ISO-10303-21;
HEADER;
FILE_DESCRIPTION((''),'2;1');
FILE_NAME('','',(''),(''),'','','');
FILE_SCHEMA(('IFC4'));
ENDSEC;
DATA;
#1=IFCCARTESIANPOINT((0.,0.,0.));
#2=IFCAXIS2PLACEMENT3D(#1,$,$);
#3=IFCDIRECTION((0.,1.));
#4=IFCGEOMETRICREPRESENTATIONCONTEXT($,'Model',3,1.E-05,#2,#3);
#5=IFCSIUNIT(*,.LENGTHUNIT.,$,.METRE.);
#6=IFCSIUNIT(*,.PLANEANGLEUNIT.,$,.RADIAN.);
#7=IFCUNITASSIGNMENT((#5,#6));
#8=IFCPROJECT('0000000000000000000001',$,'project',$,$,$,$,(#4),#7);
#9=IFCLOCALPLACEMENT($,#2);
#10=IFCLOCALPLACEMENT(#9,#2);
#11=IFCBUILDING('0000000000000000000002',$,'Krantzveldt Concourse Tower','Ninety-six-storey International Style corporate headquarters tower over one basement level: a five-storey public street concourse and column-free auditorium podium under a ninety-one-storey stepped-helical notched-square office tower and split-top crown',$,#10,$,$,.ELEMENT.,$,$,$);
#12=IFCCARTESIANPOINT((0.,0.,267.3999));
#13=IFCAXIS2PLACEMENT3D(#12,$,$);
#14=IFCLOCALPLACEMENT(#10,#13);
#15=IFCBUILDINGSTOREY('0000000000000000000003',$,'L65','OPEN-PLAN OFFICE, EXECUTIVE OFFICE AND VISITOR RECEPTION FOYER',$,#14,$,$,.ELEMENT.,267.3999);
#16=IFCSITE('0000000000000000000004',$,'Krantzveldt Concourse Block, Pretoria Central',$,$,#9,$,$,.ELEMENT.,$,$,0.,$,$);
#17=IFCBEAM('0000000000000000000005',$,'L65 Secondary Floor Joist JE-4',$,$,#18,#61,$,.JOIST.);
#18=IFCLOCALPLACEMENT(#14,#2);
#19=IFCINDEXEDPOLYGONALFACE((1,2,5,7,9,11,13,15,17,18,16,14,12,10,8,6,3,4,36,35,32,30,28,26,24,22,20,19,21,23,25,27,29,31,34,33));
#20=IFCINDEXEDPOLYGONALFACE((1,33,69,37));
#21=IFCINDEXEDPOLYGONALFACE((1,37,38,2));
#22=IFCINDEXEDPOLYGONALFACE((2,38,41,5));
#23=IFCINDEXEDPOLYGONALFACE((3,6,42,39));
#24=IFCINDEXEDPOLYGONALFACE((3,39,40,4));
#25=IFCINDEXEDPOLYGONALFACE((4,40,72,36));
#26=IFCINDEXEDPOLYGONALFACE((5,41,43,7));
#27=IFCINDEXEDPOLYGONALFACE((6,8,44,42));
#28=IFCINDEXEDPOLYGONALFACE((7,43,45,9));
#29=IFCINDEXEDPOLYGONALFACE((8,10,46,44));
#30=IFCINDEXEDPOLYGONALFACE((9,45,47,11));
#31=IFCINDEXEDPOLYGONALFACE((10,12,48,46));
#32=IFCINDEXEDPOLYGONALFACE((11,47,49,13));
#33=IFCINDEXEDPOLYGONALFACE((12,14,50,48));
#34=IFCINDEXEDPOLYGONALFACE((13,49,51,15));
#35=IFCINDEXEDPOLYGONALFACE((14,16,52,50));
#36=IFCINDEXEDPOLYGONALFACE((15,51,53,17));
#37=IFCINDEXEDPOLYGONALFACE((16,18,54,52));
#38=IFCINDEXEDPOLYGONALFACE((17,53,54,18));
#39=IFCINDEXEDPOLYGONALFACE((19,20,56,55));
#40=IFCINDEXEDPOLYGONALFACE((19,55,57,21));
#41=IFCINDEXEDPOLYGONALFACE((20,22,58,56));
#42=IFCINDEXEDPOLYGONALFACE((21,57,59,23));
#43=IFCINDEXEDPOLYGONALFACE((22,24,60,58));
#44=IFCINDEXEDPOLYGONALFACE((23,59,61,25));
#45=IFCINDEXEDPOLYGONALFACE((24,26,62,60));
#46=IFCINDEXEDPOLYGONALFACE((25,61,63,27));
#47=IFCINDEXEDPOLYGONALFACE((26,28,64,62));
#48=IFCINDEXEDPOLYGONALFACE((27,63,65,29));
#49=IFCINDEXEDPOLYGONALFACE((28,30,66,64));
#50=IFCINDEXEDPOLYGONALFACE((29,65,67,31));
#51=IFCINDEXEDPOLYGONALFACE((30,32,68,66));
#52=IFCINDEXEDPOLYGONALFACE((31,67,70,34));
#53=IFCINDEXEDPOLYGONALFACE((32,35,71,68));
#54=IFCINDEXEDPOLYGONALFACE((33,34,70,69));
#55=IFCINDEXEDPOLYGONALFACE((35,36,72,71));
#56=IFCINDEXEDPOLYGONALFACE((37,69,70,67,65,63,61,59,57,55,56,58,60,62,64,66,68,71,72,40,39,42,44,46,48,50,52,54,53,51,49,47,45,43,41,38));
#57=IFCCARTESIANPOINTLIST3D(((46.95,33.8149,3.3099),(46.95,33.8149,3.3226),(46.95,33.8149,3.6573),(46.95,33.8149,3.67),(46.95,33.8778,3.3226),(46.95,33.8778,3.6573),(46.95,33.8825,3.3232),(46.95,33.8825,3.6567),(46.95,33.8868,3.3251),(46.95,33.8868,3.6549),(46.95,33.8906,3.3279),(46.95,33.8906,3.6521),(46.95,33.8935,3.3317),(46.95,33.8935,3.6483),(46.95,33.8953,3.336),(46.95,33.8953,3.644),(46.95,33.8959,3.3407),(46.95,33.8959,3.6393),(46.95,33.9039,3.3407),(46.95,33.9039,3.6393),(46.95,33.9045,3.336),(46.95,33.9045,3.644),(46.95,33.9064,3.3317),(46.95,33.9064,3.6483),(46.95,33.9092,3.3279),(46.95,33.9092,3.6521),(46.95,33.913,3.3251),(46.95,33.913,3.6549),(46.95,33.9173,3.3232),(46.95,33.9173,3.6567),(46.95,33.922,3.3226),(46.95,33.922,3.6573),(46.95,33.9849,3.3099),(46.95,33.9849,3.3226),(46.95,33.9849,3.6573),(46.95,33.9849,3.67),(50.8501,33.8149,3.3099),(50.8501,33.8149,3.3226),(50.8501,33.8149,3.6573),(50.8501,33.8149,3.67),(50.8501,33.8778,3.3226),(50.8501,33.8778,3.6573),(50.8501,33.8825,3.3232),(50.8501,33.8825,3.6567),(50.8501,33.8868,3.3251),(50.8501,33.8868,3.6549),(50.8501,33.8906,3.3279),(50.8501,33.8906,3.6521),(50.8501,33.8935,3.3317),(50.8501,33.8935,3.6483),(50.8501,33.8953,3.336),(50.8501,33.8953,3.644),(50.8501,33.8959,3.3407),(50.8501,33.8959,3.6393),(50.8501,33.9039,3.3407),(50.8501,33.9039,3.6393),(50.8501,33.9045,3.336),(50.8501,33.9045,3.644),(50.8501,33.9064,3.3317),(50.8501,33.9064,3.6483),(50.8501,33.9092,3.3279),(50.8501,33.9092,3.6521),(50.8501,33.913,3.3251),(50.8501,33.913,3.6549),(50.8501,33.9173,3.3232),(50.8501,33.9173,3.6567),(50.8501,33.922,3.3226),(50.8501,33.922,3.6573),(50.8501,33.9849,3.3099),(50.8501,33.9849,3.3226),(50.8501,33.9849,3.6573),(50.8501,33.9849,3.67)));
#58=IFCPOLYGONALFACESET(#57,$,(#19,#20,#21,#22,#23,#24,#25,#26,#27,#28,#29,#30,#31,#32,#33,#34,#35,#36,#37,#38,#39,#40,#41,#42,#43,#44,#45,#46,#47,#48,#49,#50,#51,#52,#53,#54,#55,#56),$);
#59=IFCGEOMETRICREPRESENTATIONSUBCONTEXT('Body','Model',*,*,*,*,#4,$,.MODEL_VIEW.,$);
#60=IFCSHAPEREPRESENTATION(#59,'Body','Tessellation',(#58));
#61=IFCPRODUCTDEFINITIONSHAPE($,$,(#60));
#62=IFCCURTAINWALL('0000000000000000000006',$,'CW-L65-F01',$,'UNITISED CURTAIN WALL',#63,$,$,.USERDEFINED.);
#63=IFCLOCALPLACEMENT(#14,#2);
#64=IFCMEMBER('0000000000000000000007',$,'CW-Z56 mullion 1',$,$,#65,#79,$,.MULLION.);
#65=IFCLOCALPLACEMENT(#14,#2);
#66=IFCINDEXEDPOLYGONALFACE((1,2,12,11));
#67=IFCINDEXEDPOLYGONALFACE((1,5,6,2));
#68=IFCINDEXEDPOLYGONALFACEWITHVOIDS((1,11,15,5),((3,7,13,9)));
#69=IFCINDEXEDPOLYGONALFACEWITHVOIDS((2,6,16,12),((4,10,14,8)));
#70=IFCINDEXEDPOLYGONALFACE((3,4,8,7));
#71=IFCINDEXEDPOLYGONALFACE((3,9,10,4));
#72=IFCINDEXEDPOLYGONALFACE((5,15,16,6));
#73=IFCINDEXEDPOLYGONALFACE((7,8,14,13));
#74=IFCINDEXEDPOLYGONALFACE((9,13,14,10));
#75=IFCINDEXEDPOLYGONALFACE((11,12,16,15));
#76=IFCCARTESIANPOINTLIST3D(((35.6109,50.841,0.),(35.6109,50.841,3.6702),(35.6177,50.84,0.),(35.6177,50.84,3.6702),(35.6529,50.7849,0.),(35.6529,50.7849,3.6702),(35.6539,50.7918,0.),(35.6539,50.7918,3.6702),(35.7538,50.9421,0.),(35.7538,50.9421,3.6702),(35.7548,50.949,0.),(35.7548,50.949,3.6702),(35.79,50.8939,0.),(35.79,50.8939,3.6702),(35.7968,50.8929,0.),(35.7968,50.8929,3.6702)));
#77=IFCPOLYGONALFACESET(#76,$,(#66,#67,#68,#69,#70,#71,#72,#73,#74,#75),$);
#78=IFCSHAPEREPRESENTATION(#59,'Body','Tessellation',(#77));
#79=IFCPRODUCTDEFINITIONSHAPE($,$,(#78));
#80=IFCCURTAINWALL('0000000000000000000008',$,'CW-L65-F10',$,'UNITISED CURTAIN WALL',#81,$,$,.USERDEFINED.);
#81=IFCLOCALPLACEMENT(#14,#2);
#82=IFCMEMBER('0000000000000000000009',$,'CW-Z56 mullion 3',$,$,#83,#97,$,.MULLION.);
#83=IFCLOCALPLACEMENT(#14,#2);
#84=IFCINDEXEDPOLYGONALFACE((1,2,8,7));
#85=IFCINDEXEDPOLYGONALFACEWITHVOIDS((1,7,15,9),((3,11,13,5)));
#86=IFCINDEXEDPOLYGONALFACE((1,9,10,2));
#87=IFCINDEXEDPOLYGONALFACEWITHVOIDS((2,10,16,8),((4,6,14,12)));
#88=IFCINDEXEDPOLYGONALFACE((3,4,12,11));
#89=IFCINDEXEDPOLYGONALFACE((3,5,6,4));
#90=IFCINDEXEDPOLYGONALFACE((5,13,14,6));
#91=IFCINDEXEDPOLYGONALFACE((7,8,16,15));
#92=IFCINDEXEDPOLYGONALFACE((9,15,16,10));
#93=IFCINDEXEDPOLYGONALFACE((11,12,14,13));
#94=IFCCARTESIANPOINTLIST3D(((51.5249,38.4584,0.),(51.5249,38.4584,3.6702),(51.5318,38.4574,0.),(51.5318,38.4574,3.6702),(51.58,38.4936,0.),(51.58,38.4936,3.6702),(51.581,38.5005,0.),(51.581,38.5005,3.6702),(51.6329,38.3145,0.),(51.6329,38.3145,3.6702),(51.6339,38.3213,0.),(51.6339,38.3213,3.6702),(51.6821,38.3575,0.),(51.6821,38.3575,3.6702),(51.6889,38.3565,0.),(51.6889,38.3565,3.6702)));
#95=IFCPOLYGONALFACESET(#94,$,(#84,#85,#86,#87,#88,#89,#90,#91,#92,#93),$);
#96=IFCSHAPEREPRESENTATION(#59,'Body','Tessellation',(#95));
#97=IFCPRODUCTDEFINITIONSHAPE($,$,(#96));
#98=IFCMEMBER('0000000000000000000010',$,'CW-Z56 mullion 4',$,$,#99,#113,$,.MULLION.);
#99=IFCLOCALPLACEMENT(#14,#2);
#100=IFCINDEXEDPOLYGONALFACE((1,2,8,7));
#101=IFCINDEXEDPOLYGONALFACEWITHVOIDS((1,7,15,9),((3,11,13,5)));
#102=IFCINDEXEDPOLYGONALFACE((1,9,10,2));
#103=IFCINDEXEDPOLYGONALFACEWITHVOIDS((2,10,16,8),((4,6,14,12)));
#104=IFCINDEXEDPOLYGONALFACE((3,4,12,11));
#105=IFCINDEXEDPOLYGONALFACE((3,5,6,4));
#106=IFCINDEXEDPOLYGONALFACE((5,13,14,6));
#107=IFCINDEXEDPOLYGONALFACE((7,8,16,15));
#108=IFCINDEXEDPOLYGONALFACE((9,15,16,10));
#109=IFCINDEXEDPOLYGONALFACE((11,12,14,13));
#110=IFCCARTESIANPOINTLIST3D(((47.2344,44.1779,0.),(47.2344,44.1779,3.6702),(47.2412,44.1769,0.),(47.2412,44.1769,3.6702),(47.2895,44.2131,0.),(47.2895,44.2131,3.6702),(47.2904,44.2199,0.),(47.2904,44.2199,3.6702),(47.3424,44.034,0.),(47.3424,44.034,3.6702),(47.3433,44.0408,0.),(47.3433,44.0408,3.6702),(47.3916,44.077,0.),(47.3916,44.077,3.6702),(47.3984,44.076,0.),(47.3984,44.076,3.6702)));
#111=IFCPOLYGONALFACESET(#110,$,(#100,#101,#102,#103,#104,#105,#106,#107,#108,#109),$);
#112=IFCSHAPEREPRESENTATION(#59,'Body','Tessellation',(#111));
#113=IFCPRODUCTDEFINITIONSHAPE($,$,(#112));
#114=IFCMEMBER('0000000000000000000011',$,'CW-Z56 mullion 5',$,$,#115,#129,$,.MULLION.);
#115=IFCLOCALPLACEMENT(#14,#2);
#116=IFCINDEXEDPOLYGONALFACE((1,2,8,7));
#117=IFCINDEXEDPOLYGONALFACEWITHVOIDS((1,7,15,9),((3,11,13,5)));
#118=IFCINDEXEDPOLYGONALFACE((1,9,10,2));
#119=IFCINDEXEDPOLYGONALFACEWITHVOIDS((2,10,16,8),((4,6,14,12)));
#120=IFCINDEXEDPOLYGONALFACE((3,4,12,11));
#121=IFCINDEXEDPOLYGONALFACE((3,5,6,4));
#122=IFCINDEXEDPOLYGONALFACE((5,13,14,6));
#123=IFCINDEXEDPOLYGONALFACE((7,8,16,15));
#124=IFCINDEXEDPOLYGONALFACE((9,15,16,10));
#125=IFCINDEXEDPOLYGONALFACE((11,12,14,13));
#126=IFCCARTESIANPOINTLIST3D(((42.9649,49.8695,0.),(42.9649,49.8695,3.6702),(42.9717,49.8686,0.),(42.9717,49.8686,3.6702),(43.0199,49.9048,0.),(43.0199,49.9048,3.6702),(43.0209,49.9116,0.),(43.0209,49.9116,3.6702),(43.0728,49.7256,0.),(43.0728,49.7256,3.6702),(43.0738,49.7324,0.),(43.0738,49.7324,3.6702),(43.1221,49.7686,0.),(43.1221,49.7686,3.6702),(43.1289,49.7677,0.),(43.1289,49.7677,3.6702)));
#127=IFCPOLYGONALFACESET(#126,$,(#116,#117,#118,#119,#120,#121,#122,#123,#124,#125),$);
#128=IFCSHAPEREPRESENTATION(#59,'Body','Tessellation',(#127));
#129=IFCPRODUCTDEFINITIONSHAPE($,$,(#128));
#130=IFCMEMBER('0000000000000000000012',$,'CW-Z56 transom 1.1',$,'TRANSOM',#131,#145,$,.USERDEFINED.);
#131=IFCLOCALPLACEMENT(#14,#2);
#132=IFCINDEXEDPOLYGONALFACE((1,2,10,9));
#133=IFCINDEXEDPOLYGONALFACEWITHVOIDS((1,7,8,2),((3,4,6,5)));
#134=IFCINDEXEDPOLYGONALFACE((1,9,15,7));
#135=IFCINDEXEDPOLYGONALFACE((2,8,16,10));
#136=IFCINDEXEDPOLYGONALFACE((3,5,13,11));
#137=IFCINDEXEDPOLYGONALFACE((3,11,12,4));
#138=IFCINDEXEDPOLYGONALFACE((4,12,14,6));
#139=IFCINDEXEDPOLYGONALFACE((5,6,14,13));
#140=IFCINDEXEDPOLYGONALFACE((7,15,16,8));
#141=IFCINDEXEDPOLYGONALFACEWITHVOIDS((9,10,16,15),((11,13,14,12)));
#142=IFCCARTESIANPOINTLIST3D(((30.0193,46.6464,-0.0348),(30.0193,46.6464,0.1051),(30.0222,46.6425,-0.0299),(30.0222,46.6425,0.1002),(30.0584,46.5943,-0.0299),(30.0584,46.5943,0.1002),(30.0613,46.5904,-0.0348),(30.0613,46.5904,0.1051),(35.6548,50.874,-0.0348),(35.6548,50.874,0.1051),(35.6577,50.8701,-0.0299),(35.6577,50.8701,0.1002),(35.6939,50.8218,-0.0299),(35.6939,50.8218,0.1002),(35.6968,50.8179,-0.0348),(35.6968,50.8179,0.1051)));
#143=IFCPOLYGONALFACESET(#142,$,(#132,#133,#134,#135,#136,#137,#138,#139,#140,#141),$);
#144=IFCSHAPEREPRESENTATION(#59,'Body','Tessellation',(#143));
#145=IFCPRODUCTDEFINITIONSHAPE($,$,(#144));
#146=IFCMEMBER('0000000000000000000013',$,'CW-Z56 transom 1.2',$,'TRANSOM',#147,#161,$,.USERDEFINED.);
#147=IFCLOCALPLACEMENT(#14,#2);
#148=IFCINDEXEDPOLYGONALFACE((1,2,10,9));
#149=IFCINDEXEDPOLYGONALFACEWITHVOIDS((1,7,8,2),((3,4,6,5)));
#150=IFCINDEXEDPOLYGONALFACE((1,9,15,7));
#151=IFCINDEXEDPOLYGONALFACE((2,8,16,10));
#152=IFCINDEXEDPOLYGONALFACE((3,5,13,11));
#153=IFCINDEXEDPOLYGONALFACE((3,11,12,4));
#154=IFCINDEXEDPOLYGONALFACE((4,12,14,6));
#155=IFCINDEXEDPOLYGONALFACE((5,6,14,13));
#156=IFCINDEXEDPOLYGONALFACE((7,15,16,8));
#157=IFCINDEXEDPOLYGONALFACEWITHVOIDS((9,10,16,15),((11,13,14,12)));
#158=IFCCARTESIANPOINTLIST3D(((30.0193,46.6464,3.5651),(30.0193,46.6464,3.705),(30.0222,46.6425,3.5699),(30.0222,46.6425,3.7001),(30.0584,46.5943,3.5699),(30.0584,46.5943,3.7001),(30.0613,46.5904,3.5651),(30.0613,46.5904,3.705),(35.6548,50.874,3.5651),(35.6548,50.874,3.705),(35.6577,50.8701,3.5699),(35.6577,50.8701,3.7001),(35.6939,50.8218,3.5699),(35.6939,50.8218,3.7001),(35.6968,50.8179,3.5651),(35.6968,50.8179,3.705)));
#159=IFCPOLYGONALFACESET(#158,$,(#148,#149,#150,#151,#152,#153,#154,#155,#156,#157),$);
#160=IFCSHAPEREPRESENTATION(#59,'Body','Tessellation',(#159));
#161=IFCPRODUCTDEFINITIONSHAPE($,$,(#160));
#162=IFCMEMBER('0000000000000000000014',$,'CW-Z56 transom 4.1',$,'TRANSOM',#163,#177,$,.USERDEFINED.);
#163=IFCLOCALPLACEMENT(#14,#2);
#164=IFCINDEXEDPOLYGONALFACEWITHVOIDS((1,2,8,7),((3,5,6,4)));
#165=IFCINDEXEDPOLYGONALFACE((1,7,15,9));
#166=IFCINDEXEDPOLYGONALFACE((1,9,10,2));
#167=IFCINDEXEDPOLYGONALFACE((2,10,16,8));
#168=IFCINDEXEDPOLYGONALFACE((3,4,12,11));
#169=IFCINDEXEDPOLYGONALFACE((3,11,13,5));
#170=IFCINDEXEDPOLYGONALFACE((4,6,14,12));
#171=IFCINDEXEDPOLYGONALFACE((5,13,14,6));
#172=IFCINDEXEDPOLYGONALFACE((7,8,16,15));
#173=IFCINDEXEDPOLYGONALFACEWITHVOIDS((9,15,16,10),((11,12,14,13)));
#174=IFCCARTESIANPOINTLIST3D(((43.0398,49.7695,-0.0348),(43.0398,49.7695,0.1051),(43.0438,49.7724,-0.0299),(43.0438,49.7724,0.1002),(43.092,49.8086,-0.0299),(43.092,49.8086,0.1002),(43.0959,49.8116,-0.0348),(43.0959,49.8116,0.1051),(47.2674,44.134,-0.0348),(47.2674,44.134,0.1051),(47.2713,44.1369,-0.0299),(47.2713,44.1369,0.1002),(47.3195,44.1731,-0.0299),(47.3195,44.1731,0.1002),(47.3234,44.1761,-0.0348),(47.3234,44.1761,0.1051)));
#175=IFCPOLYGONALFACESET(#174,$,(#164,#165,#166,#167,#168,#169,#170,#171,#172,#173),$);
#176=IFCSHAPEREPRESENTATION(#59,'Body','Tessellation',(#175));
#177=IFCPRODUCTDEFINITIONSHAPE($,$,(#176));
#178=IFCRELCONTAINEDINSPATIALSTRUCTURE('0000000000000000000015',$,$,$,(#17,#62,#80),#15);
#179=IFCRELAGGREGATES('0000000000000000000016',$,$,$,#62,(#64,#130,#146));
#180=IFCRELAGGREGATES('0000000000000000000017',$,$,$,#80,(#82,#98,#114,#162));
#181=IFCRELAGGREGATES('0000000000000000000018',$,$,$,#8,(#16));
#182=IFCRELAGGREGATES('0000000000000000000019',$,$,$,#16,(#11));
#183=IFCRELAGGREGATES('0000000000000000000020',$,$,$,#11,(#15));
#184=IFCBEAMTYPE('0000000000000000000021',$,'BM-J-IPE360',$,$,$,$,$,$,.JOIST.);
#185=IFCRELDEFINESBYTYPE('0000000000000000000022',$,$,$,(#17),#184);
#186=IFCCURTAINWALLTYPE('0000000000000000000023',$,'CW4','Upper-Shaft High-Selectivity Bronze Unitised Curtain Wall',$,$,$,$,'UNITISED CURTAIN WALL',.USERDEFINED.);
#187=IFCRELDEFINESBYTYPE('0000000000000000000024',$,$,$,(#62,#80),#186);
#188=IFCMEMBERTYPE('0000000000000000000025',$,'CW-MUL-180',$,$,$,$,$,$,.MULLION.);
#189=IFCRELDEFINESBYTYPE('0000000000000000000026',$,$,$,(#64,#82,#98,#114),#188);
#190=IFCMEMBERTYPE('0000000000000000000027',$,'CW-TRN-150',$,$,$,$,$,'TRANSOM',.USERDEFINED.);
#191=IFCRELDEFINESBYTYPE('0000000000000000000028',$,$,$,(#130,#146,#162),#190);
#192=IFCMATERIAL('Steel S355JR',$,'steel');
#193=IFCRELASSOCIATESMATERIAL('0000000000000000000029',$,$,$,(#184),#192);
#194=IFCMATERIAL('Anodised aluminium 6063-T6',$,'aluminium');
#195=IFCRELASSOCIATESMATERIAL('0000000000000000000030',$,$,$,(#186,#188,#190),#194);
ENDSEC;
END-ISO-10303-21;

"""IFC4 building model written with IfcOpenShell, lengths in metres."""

from ifc_helpers import new_model, si_unit, direction, frame, origin, origin_2d, place, context, subcontext, project, spatial, hollow_rectangle, i_section, extrude, source, transform, mapped, material, material_profile, profile_set, type_object, type_shapes, element, aggregate, save


model = new_model("IFC4")

# Units and contexts
model_context = context("Model", 3, precision=1e-05, world=origin(), true_north=direction((0.0, 1.0)))
body_context = subcontext(model_context, "Body", "Model", "MODEL_VIEW")
ifc_project = project(units=[si_unit("LENGTHUNIT", "METRE"), si_unit("PLANEANGLEUNIT", "RADIAN")], contexts=[model_context])

# Site, building, storey
site_placement = place(None, origin())
site = spatial("IfcSite", under=ifc_project, at=site_placement, Name="Krantzveldt Concourse Block, Pretoria Central", CompositionType="ELEMENT", RefElevation=0.0)
building_placement = place(site_placement, origin())
building = spatial("IfcBuilding", under=site, at=building_placement, Name="Krantzveldt Concourse Tower", Description="Ninety-six-storey International Style corporate headquarters tower over one basement level: a five-storey public street concourse and column-free auditorium podium under a ninety-one-storey stepped-helical notched-square office tower and split-top crown", CompositionType="ELEMENT")
storey_placement = place(building_placement, frame((0.0, 0.0, 267.3999)))
storey = spatial("IfcBuildingStorey", under=building, at=storey_placement, Name="L65", Description="OPEN-PLAN OFFICE, EXECUTIVE OFFICE AND VISITOR RECEPTION FOYER", CompositionType="ELEMENT", Elevation=267.3999)

# Beam
ifc_material_1 = material(Name="Steel S355JR", Category="steel")
ifc_material_profile_1 = material_profile(ifc_material_1, i_section(OverallWidth=0.1699, OverallDepth=0.3601, WebThickness=0.0081, FlangeThickness=0.0127, FilletRadius=0.0181, at=origin_2d()), Name="Steel S355JR", Category="steel")
ifc_profile_set_1 = profile_set([ifc_material_profile_1], Name="Steel S355JR - IPE 360")
beam_type_1 = type_object("IfcBeamType", Name="BM-J-IPE360", PredefinedType="JOIST", material=ifc_profile_set_1)
shared_shape_1 = source(origin(), body_context, "Body", "SweptSolid", [
    extrude(i_section(OverallWidth=0.1699, OverallDepth=0.3601, WebThickness=0.0081, FlangeThickness=0.0127, FilletRadius=0.0181, at=origin_2d()), origin(), (0.0, 0.0, 1.0), 3.9001),
])
type_shapes(beam_type_1, [shared_shape_1])
beam_1_placement = place(storey_placement, frame((46.95, 33.8999, 3.49), z_axis=(1.0, 0.0, 0.0), x_axis=(0.0, 1.0, 0.0)))
element("IfcBeam", 1, at=beam_1_placement, inside=storey, type_object=beam_type_1, Name="L65 Secondary Floor Joist JE-4", PredefinedType="JOIST", context=body_context, shape_type="MappedRepresentation", body=[
    mapped(shared_shape_1, transform((0.0, 0.0, 0.0), x_axis=(1.0, 0.0, 0.0), y_axis=(0.0, 1.0, 0.0), z_axis=(0.0, 0.0, 1.0), scale=1.0)),
])

# Curtain wall, member
ifc_material_2 = material(Name="Anodised aluminium 6063-T6", Category="aluminium")
curtain_wall_type = type_object("IfcCurtainWallType", Name="CW4", Description="Upper-Shaft High-Selectivity Bronze Unitised Curtain Wall", ElementType="UNITISED CURTAIN WALL", PredefinedType="USERDEFINED", material=ifc_material_2)
curtain_wall_1_placement = place(storey_placement, origin())
curtain_wall_1 = element("IfcCurtainWall", 2, at=curtain_wall_1_placement, inside=storey, type_object=curtain_wall_type, Name="CW-L65-F01", ObjectType="UNITISED CURTAIN WALL", PredefinedType="USERDEFINED")
ifc_material_profile_2 = material_profile(ifc_material_2, hollow_rectangle(XDim=0.0701, YDim=0.1799, WallThickness=0.0049, at=origin_2d()), Name="Anodised aluminium 6063-T6", Category="aluminium")
ifc_profile_set_2 = profile_set([ifc_material_profile_2], Name="Anodised aluminium 6063-T6 - ALU-MULL 180x70x5")
member_type_1 = type_object("IfcMemberType", Name="CW-MUL-180", PredefinedType="MULLION", material=ifc_profile_set_2)
shared_shape_2 = source(origin(), body_context, "Body", "SweptSolid", [
    extrude(hollow_rectangle(XDim=0.0701, YDim=0.1799, WallThickness=0.0049, at=origin_2d()), origin(), (0.0, 0.0, 1.0), 3.6702),
])
type_shapes(member_type_1, [shared_shape_2])
member_1_placement = place(storey_placement, frame((35.7039, 50.8669, 0.0), z_axis=(0.0, 0.0, 1.0), x_axis=(0.600071, -0.799947, 0.0)))
member_1 = element("IfcMember", 3, at=member_1_placement, type_object=member_type_1, Name="CW-Z56 mullion 1", PredefinedType="MULLION", context=body_context, shape_type="MappedRepresentation", body=[
    mapped(shared_shape_2, transform((0.0, 0.0, 0.0), x_axis=(1.0, 0.0, 0.0), y_axis=(0.0, 1.0, 0.0), z_axis=(0.0, 0.0, 1.0), scale=1.0)),
])

# Curtain wall, members
curtain_wall_2_placement = place(storey_placement, origin())
curtain_wall_2 = element("IfcCurtainWall", 4, at=curtain_wall_2_placement, inside=storey, type_object=curtain_wall_type, Name="CW-L65-F10", ObjectType="UNITISED CURTAIN WALL", PredefinedType="USERDEFINED")
member_2_placement = place(storey_placement, frame((51.6069, 38.4075, 0.0), z_axis=(0.0, 0.0, 1.0), x_axis=(-0.799947, -0.600071, 0.0)))
member_2 = element("IfcMember", 5, at=member_2_placement, type_object=member_type_1, Name="CW-Z56 mullion 3", PredefinedType="MULLION", context=body_context, shape_type="MappedRepresentation", body=[
    mapped(shared_shape_2, transform((0.0, 0.0, 0.0), x_axis=(1.0, 0.0, 0.0), y_axis=(0.0, 1.0, 0.0), z_axis=(0.0, 0.0, 1.0), scale=1.0)),
])
member_3_placement = place(storey_placement, frame((47.3164, 44.127, 0.0), z_axis=(0.0, 0.0, 1.0), x_axis=(-0.799947, -0.600071, 0.0)))
member_3 = element("IfcMember", 6, at=member_3_placement, type_object=member_type_1, Name="CW-Z56 mullion 4", PredefinedType="MULLION", context=body_context, shape_type="MappedRepresentation", body=[
    mapped(shared_shape_2, transform((0.0, 0.0, 0.0), x_axis=(1.0, 0.0, 0.0), y_axis=(0.0, 1.0, 0.0), z_axis=(0.0, 0.0, 1.0), scale=1.0)),
])
member_4_placement = place(storey_placement, frame((43.0469, 49.8186, 0.0), z_axis=(0.0, 0.0, 1.0), x_axis=(-0.799947, -0.600071, 0.0)))
member_4 = element("IfcMember", 7, at=member_4_placement, type_object=member_type_1, Name="CW-Z56 mullion 5", PredefinedType="MULLION", context=body_context, shape_type="MappedRepresentation", body=[
    mapped(shared_shape_2, transform((0.0, 0.0, 0.0), x_axis=(1.0, 0.0, 0.0), y_axis=(0.0, 1.0, 0.0), z_axis=(0.0, 0.0, 1.0), scale=1.0)),
])

# Members
ifc_material_profile_3 = material_profile(ifc_material_2, hollow_rectangle(XDim=0.0701, YDim=0.1399, WallThickness=0.0049, at=origin_2d()), Name="Anodised aluminium 6063-T6", Category="aluminium")
ifc_profile_set_3 = profile_set([ifc_material_profile_3], Name="Anodised aluminium 6063-T6 - ALU-TRAN 140x70x5")
member_type_2 = type_object("IfcMemberType", Name="CW-TRN-150", ElementType="TRANSOM", PredefinedType="USERDEFINED", material=ifc_profile_set_3)
shared_shape_3 = source(origin(), body_context, "Body", "SweptSolid", [
    extrude(hollow_rectangle(XDim=0.0701, YDim=0.1399, WallThickness=0.0049, at=origin_2d()), origin(), (0.0, 0.0, 1.0), 7.0449),
])
member_5_placement = place(storey_placement, frame((35.6758, 50.8459, 0.0352), z_axis=(-0.799938, -0.600083, 0.0), x_axis=(0.600083, -0.799938, 0.0)))
member_5 = element("IfcMember", 8, at=member_5_placement, type_object=member_type_2, Name="CW-Z56 transom 1.1", ObjectType="TRANSOM", PredefinedType="USERDEFINED", context=body_context, shape_type="MappedRepresentation", body=[
    mapped(shared_shape_3, transform((0.0, 0.0, 0.0), x_axis=(1.0, 0.0, 0.0), y_axis=(0.0, 1.0, 0.0), z_axis=(0.0, 0.0, 1.0), scale=1.0)),
])
member_6_placement = place(storey_placement, frame((35.6758, 50.8459, 3.635), z_axis=(-0.799938, -0.600083, 0.0), x_axis=(0.600083, -0.799938, 0.0)))
member_6 = element("IfcMember", 9, at=member_6_placement, type_object=member_type_2, Name="CW-Z56 transom 1.2", ObjectType="TRANSOM", PredefinedType="USERDEFINED", context=body_context, shape_type="MappedRepresentation", body=[
    mapped(shared_shape_3, transform((0.0, 0.0, 0.0), x_axis=(1.0, 0.0, 0.0), y_axis=(0.0, 1.0, 0.0), z_axis=(0.0, 0.0, 1.0), scale=1.0)),
])
member_7_placement = place(storey_placement, frame((47.2954, 44.155, 0.0352), z_axis=(-0.600083, 0.799938, 0.0), x_axis=(-0.799938, -0.600083, 0.0)))
member_7 = element("IfcMember", 10, at=member_7_placement, type_object=member_type_2, Name="CW-Z56 transom 4.1", ObjectType="TRANSOM", PredefinedType="USERDEFINED", context=body_context, shape_type="MappedRepresentation", body=[
    mapped(shared_shape_3, transform((0.0, 0.0, 0.0), x_axis=(1.0, 0.0, 0.0), y_axis=(0.0, 1.0, 0.0), z_axis=(0.0, 0.0, 1.0), scale=1.0)),
])

aggregate(curtain_wall_1, [member_1, member_5, member_6])
aggregate(curtain_wall_2, [member_2, member_3, member_4, member_7])

save(model, "model.ifc")
